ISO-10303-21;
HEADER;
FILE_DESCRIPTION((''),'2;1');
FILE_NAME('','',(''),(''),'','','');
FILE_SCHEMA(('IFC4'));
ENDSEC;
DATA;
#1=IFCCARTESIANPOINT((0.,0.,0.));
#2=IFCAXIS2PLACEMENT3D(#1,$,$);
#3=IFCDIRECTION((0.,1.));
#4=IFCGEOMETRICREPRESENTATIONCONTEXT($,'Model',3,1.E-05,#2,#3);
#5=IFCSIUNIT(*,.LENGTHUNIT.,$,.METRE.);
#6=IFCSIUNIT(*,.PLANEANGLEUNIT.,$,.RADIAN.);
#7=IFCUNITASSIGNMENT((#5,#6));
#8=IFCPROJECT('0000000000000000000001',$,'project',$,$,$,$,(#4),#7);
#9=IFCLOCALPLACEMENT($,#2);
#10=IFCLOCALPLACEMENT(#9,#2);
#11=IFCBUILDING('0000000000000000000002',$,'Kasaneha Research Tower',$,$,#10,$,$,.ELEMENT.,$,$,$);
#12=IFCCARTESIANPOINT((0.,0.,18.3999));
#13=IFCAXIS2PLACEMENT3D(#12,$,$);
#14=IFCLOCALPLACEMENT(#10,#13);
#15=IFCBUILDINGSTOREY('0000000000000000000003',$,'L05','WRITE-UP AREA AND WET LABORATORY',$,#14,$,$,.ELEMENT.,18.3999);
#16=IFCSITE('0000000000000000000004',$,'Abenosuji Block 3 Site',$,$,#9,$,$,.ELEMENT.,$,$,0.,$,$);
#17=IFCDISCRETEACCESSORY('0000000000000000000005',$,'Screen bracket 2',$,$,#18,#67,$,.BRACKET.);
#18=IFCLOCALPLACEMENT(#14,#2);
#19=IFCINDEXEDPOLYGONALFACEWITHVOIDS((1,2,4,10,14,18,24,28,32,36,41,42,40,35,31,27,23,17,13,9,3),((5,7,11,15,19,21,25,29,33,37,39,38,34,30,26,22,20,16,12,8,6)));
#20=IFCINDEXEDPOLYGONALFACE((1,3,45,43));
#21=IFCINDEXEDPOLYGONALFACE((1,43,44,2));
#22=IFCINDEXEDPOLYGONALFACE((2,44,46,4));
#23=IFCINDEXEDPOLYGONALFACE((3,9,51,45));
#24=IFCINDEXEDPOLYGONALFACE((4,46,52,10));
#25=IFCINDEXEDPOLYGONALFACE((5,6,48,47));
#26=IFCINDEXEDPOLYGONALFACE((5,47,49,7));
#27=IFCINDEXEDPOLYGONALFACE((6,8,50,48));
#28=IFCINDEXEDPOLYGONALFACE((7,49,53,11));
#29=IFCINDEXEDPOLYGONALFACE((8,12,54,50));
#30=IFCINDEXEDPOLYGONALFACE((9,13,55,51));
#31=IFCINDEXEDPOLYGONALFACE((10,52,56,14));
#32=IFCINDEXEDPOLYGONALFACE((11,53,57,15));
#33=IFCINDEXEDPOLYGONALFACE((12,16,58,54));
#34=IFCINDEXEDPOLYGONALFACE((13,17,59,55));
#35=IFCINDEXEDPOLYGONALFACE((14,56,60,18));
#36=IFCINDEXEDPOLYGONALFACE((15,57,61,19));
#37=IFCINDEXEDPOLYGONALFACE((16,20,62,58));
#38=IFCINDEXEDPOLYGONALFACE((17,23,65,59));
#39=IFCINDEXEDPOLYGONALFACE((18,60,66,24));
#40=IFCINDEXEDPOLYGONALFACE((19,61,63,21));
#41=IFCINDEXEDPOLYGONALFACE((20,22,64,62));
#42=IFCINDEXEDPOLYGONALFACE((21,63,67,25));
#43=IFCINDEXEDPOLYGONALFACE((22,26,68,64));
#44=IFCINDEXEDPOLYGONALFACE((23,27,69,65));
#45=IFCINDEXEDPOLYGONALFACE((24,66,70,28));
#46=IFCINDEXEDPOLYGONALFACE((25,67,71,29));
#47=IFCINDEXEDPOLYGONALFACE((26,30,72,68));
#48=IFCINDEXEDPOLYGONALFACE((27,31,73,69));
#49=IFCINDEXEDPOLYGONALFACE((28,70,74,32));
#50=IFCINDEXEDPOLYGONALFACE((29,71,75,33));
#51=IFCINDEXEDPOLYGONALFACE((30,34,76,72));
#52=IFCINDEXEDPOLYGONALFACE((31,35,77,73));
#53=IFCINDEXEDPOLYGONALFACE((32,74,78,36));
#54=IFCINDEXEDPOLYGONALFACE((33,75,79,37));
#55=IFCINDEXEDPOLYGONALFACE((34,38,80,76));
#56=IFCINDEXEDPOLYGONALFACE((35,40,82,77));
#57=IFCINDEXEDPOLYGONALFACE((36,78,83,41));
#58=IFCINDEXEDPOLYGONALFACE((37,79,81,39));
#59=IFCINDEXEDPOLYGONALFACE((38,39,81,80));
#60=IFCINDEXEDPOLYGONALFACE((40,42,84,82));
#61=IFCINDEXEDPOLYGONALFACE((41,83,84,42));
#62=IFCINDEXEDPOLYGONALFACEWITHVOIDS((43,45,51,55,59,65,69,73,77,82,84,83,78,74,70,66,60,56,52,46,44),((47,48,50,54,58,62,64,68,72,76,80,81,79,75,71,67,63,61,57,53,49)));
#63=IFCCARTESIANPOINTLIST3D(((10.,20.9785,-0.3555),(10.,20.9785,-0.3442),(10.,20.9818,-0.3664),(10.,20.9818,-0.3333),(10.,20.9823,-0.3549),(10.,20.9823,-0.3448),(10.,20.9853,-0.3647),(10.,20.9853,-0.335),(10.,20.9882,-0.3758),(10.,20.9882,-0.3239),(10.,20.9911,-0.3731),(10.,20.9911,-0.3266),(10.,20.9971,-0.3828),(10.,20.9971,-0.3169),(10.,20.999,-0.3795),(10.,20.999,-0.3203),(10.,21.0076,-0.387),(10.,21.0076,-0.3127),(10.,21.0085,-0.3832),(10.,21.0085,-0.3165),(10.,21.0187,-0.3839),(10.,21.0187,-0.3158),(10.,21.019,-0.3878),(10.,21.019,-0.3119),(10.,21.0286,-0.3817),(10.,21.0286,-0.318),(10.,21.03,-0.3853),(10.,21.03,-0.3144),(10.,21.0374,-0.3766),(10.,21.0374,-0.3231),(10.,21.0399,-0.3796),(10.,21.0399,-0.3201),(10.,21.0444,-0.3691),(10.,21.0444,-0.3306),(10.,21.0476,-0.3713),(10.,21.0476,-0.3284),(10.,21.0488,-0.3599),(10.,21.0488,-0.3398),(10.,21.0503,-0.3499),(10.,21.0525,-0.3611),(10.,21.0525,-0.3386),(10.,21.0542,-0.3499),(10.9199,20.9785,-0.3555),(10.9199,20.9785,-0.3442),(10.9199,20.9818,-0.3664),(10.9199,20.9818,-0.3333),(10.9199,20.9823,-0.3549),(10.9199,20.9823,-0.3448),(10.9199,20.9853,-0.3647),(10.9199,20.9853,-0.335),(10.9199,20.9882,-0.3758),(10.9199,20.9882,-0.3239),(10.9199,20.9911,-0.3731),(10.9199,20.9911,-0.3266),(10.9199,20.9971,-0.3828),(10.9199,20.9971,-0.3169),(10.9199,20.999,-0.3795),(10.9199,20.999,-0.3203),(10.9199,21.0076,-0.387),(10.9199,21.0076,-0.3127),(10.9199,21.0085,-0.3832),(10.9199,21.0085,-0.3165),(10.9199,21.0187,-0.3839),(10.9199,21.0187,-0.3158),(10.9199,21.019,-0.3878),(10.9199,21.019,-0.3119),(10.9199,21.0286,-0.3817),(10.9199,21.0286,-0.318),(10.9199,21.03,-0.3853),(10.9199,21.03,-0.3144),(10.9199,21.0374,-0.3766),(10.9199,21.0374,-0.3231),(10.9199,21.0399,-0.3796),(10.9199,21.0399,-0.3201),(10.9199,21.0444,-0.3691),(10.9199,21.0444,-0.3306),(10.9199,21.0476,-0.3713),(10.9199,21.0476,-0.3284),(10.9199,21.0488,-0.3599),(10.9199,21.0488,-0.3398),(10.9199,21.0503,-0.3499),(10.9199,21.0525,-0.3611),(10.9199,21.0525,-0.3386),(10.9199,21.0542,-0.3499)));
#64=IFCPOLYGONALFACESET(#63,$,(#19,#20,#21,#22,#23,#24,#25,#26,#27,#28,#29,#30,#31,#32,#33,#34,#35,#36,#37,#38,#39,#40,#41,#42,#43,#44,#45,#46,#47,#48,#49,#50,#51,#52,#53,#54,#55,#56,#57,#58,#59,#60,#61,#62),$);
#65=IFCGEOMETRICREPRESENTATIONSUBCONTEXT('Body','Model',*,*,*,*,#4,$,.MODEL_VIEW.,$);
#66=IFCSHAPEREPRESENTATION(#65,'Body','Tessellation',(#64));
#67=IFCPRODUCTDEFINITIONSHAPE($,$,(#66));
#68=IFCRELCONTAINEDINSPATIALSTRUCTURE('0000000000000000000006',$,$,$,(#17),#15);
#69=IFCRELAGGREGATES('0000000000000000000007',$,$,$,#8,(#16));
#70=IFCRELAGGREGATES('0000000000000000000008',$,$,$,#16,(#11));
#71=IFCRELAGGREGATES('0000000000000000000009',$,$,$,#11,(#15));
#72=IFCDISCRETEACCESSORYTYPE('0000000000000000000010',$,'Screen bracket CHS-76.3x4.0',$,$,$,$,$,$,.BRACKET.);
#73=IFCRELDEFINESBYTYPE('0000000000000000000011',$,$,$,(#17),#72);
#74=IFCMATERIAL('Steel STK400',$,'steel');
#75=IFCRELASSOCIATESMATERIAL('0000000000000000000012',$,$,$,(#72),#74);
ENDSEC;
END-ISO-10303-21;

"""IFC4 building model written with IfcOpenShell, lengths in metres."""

from ifc_helpers import new_model, si_unit, direction, frame, origin, origin_2d, place, context, subcontext, project, spatial, hollow_circle, extrude, material, material_profile, profile_set, type_object, element, save


model = new_model("IFC4")

# Units and contexts
model_context = context("Model", 3, precision=1e-05, world=origin(), true_north=direction((0.0, 1.0)))
body_context = subcontext(model_context, "Body", "Model", "MODEL_VIEW")
ifc_project = project(units=[si_unit("LENGTHUNIT", "METRE"), si_unit("PLANEANGLEUNIT", "RADIAN")], contexts=[model_context])

# Site, building, storey
site_placement = place(None, origin())
site = spatial("IfcSite", under=ifc_project, at=site_placement, Name="Abenosuji Block 3 Site", CompositionType="ELEMENT", RefElevation=0.0)
building_placement = place(site_placement, origin())
building = spatial("IfcBuilding", under=site, at=building_placement, Name="Kasaneha Research Tower", CompositionType="ELEMENT")
storey_placement = place(building_placement, frame((0.0, 0.0, 18.3999)))
storey = spatial("IfcBuildingStorey", under=building, at=storey_placement, Name="L05", Description="WRITE-UP AREA AND WET LABORATORY", CompositionType="ELEMENT", Elevation=18.3999)

# Discrete accessory
ifc_material_1 = material(Name="Steel STK400", Category="steel")
ifc_material_profile_1 = material_profile(ifc_material_1, hollow_circle(Radius=0.0381, WallThickness=0.0039, at=origin_2d()), Name="CHS-76.3x4.0")
ifc_profile_set_1 = profile_set([ifc_material_profile_1], Name="Steel STK400")
discrete_accessory_type = type_object("IfcDiscreteAccessoryType", Name="Screen bracket CHS-76.3x4.0", PredefinedType="BRACKET", material=ifc_profile_set_1)
for number, where, z_axis, x_axis, name in (
    (1, (10.0, 21.0161, -0.3499), (1.0, 0.0, 0.0), (0.0, 1.0, 0.0), "Screen bracket 2"),
):
    element("IfcDiscreteAccessory", number, at=place(storey_placement, frame(where, z_axis=z_axis, x_axis=x_axis)), inside=storey, type_object=discrete_accessory_type, Name=name, PredefinedType="BRACKET", context=body_context, shape_type="SweptSolid", body=[
        extrude(hollow_circle(Radius=0.0381, WallThickness=0.0039, at=origin_2d()), origin(), (0.0, 0.0, 1.0), 0.9199),
    ])

save(model, "model.ifc")
